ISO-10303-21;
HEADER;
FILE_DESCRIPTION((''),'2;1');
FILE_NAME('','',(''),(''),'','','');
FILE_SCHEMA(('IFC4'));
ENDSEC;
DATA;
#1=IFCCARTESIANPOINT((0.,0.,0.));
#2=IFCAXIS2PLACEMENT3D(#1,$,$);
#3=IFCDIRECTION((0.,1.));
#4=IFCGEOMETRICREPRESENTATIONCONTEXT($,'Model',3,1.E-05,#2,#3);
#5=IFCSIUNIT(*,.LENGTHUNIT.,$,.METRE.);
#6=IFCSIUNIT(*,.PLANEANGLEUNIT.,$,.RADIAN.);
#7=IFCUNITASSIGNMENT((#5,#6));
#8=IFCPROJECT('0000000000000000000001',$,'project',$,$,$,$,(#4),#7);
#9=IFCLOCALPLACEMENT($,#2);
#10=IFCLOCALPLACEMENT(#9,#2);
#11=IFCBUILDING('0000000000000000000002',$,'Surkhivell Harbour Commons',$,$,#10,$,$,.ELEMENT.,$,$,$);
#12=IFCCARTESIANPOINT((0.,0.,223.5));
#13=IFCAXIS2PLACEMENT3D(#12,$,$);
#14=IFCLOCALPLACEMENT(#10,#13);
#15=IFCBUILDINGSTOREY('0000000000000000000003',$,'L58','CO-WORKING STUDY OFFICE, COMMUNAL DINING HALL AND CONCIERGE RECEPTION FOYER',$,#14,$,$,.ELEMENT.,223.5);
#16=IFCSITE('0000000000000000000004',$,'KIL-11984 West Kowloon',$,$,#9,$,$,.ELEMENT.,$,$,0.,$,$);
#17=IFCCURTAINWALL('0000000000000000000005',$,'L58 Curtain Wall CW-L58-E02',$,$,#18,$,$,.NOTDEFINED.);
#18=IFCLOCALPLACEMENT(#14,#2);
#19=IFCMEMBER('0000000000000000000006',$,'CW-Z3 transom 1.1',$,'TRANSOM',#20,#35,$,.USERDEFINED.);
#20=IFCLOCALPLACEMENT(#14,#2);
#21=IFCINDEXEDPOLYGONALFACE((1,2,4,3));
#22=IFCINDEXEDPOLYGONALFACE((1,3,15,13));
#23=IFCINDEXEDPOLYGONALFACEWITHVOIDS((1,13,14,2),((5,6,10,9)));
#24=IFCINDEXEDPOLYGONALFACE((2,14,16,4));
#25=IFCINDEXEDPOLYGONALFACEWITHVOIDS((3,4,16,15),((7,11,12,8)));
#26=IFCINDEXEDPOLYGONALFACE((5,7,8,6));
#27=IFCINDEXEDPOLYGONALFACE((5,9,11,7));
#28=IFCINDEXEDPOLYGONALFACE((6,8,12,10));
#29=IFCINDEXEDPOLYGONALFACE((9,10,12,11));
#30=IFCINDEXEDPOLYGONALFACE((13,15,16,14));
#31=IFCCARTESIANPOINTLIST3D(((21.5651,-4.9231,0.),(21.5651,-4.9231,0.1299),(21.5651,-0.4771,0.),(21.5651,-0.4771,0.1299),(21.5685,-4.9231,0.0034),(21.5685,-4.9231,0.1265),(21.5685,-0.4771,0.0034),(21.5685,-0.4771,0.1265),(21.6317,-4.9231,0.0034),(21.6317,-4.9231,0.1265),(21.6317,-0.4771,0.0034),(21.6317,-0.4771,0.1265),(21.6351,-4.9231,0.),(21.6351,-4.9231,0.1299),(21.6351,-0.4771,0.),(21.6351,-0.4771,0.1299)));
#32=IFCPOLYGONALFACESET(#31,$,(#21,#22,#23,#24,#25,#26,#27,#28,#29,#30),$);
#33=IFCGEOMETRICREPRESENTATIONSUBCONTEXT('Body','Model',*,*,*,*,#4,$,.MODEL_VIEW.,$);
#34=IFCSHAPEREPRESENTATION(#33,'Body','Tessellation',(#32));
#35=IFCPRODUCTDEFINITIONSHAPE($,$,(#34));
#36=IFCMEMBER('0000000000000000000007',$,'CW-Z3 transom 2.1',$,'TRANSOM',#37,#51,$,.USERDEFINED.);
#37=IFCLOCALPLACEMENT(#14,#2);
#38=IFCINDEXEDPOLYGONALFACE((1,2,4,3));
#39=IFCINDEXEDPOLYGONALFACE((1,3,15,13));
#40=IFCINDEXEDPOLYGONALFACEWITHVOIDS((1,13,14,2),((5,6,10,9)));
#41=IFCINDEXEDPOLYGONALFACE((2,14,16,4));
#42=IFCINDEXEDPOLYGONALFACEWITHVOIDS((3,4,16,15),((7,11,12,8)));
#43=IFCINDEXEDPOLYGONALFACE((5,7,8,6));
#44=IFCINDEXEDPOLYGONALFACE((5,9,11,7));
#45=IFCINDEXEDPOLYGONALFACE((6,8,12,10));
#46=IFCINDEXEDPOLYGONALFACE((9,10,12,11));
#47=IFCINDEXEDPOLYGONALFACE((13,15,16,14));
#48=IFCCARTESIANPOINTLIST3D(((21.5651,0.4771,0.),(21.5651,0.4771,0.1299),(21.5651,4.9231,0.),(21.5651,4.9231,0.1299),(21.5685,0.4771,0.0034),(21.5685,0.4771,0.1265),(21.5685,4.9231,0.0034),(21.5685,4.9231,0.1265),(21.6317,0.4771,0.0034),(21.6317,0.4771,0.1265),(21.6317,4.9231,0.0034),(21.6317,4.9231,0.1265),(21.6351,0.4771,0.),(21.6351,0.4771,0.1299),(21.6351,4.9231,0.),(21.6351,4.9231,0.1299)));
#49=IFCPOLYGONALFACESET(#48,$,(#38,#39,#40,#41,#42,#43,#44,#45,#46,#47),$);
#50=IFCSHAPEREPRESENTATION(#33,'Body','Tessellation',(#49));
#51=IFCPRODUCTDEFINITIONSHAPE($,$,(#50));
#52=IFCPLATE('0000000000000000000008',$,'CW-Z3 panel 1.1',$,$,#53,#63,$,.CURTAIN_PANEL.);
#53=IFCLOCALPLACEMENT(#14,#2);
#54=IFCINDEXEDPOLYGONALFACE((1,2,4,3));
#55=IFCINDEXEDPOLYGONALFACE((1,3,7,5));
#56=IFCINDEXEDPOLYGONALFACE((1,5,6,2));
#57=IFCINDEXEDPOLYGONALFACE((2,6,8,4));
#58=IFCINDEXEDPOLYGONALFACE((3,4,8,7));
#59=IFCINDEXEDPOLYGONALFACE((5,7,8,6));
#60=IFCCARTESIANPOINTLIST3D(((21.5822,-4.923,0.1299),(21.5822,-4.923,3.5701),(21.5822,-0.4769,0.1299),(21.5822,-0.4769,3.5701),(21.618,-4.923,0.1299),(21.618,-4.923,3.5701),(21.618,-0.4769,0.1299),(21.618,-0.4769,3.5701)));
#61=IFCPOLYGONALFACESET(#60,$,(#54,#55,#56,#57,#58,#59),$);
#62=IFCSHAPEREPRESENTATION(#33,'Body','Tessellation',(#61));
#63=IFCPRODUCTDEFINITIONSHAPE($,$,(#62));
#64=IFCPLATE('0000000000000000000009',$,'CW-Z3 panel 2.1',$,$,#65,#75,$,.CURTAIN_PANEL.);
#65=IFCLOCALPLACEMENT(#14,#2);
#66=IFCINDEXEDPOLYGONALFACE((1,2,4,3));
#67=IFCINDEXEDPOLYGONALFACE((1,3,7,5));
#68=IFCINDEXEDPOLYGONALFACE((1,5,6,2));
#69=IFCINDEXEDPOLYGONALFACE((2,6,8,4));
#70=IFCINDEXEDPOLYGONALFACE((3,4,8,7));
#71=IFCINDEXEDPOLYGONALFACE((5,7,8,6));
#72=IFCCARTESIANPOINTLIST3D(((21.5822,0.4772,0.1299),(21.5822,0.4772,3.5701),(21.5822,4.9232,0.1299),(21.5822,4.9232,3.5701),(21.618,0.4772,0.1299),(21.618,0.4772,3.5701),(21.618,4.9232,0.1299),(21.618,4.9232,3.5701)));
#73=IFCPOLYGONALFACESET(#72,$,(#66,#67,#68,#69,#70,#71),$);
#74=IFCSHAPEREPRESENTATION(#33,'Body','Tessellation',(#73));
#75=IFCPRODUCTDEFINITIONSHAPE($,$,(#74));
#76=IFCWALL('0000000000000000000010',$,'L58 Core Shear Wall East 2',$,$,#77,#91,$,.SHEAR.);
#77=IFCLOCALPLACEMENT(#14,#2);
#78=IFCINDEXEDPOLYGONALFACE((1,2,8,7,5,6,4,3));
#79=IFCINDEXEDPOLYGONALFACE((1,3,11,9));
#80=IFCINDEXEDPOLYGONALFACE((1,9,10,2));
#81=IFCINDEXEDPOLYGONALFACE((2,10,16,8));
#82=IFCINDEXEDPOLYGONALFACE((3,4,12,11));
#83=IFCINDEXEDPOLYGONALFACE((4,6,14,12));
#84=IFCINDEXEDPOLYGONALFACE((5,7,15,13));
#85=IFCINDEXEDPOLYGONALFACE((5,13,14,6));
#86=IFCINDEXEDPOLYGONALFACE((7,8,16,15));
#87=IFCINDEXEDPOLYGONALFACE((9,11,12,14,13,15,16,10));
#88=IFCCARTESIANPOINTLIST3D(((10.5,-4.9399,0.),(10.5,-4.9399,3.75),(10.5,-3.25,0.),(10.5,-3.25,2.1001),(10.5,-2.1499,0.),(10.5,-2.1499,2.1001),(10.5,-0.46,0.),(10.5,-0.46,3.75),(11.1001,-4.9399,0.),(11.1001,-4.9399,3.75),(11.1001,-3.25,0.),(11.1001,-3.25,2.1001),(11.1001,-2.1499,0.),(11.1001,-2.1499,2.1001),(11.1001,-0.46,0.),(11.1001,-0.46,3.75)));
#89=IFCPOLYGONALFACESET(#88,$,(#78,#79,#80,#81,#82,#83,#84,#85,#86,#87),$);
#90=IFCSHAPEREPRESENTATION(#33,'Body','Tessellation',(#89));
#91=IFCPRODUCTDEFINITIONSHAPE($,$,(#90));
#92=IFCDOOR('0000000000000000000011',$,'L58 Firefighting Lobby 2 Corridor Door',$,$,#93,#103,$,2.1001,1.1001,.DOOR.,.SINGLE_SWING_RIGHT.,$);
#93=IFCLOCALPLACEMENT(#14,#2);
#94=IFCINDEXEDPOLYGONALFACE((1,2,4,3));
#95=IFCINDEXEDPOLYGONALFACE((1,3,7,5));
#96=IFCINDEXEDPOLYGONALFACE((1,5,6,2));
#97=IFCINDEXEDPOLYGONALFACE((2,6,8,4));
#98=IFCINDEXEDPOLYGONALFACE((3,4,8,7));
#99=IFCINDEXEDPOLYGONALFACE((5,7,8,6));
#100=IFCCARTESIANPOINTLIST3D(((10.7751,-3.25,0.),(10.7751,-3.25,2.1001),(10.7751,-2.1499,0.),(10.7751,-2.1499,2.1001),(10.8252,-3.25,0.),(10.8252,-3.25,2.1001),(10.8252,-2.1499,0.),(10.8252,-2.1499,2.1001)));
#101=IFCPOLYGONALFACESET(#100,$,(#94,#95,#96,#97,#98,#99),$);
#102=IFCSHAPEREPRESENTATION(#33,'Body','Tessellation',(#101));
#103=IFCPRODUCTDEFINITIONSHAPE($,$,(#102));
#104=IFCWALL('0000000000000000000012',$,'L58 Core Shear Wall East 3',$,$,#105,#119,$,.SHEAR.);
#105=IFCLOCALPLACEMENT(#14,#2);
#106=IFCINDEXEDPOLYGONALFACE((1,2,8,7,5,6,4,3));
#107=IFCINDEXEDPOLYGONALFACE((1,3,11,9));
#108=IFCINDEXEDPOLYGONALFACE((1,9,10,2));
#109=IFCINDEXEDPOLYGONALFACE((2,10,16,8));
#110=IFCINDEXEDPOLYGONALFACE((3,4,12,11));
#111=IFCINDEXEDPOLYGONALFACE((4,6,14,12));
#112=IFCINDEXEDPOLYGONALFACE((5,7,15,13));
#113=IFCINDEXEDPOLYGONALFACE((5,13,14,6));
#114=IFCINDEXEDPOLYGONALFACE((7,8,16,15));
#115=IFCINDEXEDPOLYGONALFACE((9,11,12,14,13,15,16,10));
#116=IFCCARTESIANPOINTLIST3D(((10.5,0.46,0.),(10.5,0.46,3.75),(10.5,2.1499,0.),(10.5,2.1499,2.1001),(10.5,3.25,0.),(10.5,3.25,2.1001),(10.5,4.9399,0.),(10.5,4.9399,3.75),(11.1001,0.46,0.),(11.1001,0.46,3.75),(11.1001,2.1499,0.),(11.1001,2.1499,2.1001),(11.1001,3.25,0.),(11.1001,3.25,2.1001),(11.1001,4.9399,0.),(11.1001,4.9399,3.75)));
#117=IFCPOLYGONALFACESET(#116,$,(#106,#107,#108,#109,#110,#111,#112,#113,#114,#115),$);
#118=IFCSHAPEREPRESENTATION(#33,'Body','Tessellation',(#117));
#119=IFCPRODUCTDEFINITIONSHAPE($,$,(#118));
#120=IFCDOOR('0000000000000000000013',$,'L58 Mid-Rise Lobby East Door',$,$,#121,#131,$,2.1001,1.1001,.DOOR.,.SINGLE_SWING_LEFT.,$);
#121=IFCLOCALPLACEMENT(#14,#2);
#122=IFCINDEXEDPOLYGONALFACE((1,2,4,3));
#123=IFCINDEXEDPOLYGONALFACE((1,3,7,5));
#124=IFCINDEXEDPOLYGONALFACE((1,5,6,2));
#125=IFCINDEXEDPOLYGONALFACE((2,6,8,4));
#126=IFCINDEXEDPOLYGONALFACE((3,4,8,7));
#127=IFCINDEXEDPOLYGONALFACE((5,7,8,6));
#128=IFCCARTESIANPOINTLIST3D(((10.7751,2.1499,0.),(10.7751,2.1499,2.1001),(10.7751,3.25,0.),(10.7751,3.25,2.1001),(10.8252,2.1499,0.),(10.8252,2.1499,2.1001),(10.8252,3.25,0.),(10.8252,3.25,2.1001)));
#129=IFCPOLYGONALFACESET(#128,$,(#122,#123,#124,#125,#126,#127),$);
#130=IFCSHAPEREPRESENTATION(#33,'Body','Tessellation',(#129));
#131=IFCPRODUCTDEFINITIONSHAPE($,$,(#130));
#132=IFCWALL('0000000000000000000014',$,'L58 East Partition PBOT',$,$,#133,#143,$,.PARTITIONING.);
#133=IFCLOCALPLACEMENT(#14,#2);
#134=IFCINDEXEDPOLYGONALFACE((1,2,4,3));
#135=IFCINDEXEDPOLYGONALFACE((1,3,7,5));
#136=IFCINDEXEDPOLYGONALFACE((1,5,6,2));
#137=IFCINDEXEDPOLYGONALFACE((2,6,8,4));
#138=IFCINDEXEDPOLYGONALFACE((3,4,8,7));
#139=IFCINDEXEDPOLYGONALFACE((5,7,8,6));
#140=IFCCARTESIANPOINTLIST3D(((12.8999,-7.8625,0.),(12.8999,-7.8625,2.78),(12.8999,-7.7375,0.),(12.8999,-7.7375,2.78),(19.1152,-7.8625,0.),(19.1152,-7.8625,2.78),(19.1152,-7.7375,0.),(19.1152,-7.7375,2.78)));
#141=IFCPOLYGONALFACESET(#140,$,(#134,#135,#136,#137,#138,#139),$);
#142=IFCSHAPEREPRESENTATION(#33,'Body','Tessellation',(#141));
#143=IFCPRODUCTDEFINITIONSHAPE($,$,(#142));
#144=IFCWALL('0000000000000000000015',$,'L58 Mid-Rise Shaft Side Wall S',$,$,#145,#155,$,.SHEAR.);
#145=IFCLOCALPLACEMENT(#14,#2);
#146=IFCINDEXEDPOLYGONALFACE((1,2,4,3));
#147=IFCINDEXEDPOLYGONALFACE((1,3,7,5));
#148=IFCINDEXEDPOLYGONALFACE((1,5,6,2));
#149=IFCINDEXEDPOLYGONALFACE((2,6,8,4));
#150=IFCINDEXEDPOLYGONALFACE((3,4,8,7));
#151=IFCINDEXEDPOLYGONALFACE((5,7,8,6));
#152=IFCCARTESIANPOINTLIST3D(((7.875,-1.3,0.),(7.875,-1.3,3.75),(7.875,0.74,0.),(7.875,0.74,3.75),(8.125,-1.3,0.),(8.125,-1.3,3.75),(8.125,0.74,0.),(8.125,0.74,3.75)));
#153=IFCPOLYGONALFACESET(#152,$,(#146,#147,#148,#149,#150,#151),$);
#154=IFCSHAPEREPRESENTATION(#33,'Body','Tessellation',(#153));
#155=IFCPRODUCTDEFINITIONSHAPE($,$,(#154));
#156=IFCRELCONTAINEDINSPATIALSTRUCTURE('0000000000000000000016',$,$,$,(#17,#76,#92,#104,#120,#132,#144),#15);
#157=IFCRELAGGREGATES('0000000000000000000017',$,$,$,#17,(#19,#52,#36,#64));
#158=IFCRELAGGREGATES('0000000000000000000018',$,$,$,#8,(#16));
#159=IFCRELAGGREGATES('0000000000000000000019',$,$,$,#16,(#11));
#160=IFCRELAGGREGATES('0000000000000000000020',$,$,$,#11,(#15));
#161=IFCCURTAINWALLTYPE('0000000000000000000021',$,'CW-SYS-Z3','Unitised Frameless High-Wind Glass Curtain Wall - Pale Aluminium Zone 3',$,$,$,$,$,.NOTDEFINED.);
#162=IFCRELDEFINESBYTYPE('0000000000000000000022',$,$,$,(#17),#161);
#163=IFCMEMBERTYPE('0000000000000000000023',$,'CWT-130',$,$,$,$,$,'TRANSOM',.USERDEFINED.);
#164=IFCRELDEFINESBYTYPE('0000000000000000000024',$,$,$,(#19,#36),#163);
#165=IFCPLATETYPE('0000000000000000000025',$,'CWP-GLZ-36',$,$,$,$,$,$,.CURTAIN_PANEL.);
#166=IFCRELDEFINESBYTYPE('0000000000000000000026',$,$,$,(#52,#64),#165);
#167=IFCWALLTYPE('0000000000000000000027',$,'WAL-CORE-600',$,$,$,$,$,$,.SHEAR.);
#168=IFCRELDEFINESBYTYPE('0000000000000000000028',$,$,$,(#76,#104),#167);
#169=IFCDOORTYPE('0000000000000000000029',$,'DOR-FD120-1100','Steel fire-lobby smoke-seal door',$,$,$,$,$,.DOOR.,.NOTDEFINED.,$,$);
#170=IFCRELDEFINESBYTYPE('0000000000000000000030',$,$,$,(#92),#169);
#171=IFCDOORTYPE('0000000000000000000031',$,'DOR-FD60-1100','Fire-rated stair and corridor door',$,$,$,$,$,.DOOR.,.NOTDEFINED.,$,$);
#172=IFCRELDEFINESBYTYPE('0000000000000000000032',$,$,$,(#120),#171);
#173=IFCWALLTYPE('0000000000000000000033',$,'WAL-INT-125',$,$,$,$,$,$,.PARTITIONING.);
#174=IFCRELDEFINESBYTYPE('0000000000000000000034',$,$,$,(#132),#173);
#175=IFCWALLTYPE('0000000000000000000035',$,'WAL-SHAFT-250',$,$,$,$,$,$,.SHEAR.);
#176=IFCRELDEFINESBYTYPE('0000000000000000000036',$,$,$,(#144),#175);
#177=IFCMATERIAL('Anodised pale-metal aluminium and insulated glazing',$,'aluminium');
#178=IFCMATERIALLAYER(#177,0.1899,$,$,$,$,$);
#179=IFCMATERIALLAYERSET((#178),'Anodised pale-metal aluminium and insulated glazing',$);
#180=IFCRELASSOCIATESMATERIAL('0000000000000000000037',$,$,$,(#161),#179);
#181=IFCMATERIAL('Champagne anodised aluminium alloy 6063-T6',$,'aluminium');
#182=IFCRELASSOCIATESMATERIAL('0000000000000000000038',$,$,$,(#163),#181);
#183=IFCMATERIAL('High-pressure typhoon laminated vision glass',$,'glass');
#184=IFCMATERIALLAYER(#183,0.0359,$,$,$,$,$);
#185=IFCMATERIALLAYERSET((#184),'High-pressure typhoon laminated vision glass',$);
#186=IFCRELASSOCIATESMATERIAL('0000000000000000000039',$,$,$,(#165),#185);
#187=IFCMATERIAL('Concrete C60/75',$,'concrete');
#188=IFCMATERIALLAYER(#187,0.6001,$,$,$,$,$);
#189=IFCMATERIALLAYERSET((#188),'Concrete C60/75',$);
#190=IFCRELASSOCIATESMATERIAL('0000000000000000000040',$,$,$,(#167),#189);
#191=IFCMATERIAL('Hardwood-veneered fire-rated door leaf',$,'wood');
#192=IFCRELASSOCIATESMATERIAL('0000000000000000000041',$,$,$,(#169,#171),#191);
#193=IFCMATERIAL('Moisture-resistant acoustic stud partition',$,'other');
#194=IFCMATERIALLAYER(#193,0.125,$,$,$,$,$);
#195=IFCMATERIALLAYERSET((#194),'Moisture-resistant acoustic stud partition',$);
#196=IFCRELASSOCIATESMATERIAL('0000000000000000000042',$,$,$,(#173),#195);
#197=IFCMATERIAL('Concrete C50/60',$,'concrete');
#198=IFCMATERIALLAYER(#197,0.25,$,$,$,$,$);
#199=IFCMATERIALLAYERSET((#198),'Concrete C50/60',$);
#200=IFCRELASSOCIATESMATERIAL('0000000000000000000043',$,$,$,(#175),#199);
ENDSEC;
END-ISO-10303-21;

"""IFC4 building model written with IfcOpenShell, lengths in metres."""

from ifc_helpers import new_model, si_unit, direction, frame, frame_2d, origin, origin_2d, place, context, subcontext, project, spatial, rectangle, hollow_rectangle, extrude, material, layer, layer_set, material_profile, profile_set, type_object, element, fill, aggregate, save


model = new_model("IFC4")

# Units and contexts
model_context = context("Model", 3, precision=1e-05, world=origin(), true_north=direction((0.0, 1.0)))
body_context = subcontext(model_context, "Body", "Model", "MODEL_VIEW")
ifc_project = project(units=[si_unit("LENGTHUNIT", "METRE"), si_unit("PLANEANGLEUNIT", "RADIAN")], contexts=[model_context])

# Site, building, storey
site_placement = place(None, origin())
site = spatial("IfcSite", under=ifc_project, at=site_placement, Name="KIL-11984 West Kowloon", CompositionType="ELEMENT", RefElevation=0.0)
building_placement = place(site_placement, origin())
building = spatial("IfcBuilding", under=site, at=building_placement, Name="Surkhivell Harbour Commons", CompositionType="ELEMENT")
storey_placement = place(building_placement, frame((0.0, 0.0, 223.5)))
storey = spatial("IfcBuildingStorey", under=building, at=storey_placement, Name="L58", Description="CO-WORKING STUDY OFFICE, COMMUNAL DINING HALL AND CONCIERGE RECEPTION FOYER", CompositionType="ELEMENT", Elevation=223.5)

# Shared definitions
ifc_material_1 = material(Name="Concrete C60/75", Category="concrete")
ifc_material_2 = material(Name="Concrete C50/60", Category="concrete")

# Shared definitions
ifc_material_3 = material(Name="Anodised pale-metal aluminium and insulated glazing", Category="aluminium")
ifc_layer_1 = layer(ifc_material_3, 0.1899)
ifc_layer_set_1 = layer_set([ifc_layer_1], Name="Anodised pale-metal aluminium and insulated glazing")
curtain_wall_type = type_object("IfcCurtainWallType", Name="CW-SYS-Z3", Description="Unitised Frameless High-Wind Glass Curtain Wall - Pale Aluminium Zone 3", PredefinedType="NOTDEFINED", material=ifc_layer_set_1)

# Curtain wall, members, plates
curtain_wall_1_placement = place(storey_placement, origin())
curtain_wall_1 = element("IfcCurtainWall", 1, at=curtain_wall_1_placement, inside=storey, type_object=curtain_wall_type, Name="L58 Curtain Wall CW-L58-E02", PredefinedType="NOTDEFINED")
ifc_material_4 = material(Name="Champagne anodised aluminium alloy 6063-T6", Category="aluminium")
ifc_material_profile_1 = material_profile(ifc_material_4, hollow_rectangle(XDim=0.0701, YDim=0.1299, WallThickness=0.0034, at=origin_2d()), Name="ALU-TRAN-70x130")
ifc_profile_set_1 = profile_set([ifc_material_profile_1], Name="Champagne anodised aluminium alloy 6063-T6")
member_type_1 = type_object("IfcMemberType", Name="CWT-130", ElementType="TRANSOM", PredefinedType="USERDEFINED", material=ifc_profile_set_1)
member_1_placement = place(storey_placement, frame((21.6001, -4.9231, 0.0649), z_axis=(0.0, 1.0, 0.0), x_axis=(-1.0, 0.0, 0.0)))
member_1 = element("IfcMember", 2, at=member_1_placement, type_object=member_type_1, Name="CW-Z3 transom 1.1", ObjectType="TRANSOM", PredefinedType="USERDEFINED", context=body_context, shape_type="SweptSolid", body=[
    extrude(hollow_rectangle(XDim=0.0701, YDim=0.1299, WallThickness=0.0034, at=origin_2d()), origin(), (0.0, 0.0, 1.0), 4.446),
])
member_2_placement = place(storey_placement, frame((21.6001, 0.4771, 0.0649), z_axis=(0.0, 1.0, 0.0), x_axis=(-1.0, 0.0, 0.0)))
member_2 = element("IfcMember", 3, at=member_2_placement, type_object=member_type_1, Name="CW-Z3 transom 2.1", ObjectType="TRANSOM", PredefinedType="USERDEFINED", context=body_context, shape_type="SweptSolid", body=[
    extrude(hollow_rectangle(XDim=0.0701, YDim=0.1299, WallThickness=0.0034, at=origin_2d()), origin(), (0.0, 0.0, 1.0), 4.446),
])
ifc_material_5 = material(Name="High-pressure typhoon laminated vision glass", Category="glass")
ifc_layer_2 = layer(ifc_material_5, 0.0359)
ifc_layer_set_2 = layer_set([ifc_layer_2], Name="High-pressure typhoon laminated vision glass")
plate_type = type_object("IfcPlateType", Name="CWP-GLZ-36", PredefinedType="CURTAIN_PANEL", material=ifc_layer_set_2)
plate_1_placement = place(storey_placement, frame((21.6001, -4.9231, 0.1299), z_axis=(0.0, 0.0, 1.0), x_axis=(0.0, 1.0, 0.0)))
plate_1 = element("IfcPlate", 4, at=plate_1_placement, type_object=plate_type, Name="CW-Z3 panel 1.1", PredefinedType="CURTAIN_PANEL", context=body_context, shape_type="SweptSolid", body=[
    extrude(rectangle(XDim=4.446, YDim=0.0359, at=frame_2d((2.2231, 0.0))), origin(), (0.0, 0.0, 1.0), 3.4402),
])
plate_2_placement = place(storey_placement, frame((21.6001, 0.4771, 0.1299), z_axis=(0.0, 0.0, 1.0), x_axis=(0.0, 1.0, 0.0)))
plate_2 = element("IfcPlate", 5, at=plate_2_placement, type_object=plate_type, Name="CW-Z3 panel 2.1", PredefinedType="CURTAIN_PANEL", context=body_context, shape_type="SweptSolid", body=[
    extrude(rectangle(XDim=4.446, YDim=0.0359, at=frame_2d((2.2231, 0.0))), origin(), (0.0, 0.0, 1.0), 3.4402),
])
aggregate(curtain_wall_1, [member_1, plate_1, member_2, plate_2])

# Walls, openings, doors
ifc_layer_3 = layer(ifc_material_1, 0.6001)
ifc_layer_set_3 = layer_set([ifc_layer_3], Name="Concrete C60/75")
wall_type_1 = type_object("IfcWallType", Name="WAL-CORE-600", PredefinedType="SHEAR", material=ifc_layer_set_3)
wall_1_placement = place(storey_placement, frame((10.8, -4.9399, 0.0), z_axis=(0.0, 0.0, 1.0), x_axis=(0.0, 1.0, 0.0)))
wall_1 = element("IfcWall", 6, at=wall_1_placement, inside=storey, type_object=wall_type_1, Name="L58 Core Shear Wall East 2", PredefinedType="SHEAR", context=body_context, shape_type="SweptSolid", body=[
    extrude(rectangle(XDim=4.48, YDim=0.6001, at=frame_2d((2.24, 0.0))), origin(), (0.0, 0.0, 1.0), 3.75),
])
opening_1_placement = place(wall_1_placement, frame((1.6899, 0.0, 0.0)))
opening_1 = element("IfcOpeningElement", 7, at=opening_1_placement, cuts=wall_1, PredefinedType="OPENING", context=body_context, shape_type="SweptSolid", body=[
    extrude(rectangle(XDim=1.1001, YDim=2.1001, at=frame_2d((0.55, 1.05))), frame((0.0, 0.3101, 0.0), z_axis=(0.0, -1.0, 0.0), x_axis=(1.0, 0.0, 0.0)), (0.0, 0.0, 1.0), 0.6201),
])
ifc_material_6 = material(Name="Hardwood-veneered fire-rated door leaf", Category="wood")
door_type_1 = type_object("IfcDoorType", Name="DOR-FD120-1100", Description="Steel fire-lobby smoke-seal door", OperationType="NOTDEFINED", PredefinedType="DOOR", material=ifc_material_6)
door_1_placement = place(opening_1_placement, origin())
door_1 = element("IfcDoor", 8, at=door_1_placement, inside=storey, type_object=door_type_1, Name="L58 Firefighting Lobby 2 Corridor Door", OperationType="SINGLE_SWING_RIGHT", OverallHeight=2.1001, OverallWidth=1.1001, PredefinedType="DOOR", context=body_context, shape_type="SweptSolid", body=[
    extrude(rectangle(XDim=1.1001, YDim=2.1001, at=frame_2d((0.55, 1.05))), frame((0.0, 0.0249, 0.0), z_axis=(0.0, -1.0, 0.0), x_axis=(1.0, 0.0, 0.0)), (0.0, 0.0, 1.0), 0.05),
])
fill(opening_1, door_1)
wall_2_placement = place(storey_placement, frame((10.8, 0.46, 0.0), z_axis=(0.0, 0.0, 1.0), x_axis=(0.0, 1.0, 0.0)))
wall_2 = element("IfcWall", 9, at=wall_2_placement, inside=storey, type_object=wall_type_1, Name="L58 Core Shear Wall East 3", PredefinedType="SHEAR", context=body_context, shape_type="SweptSolid", body=[
    extrude(rectangle(XDim=4.48, YDim=0.6001, at=frame_2d((2.24, 0.0))), origin(), (0.0, 0.0, 1.0), 3.75),
])
opening_2_placement = place(wall_2_placement, frame((1.6899, 0.0, 0.0)))
opening_2 = element("IfcOpeningElement", 10, at=opening_2_placement, cuts=wall_2, PredefinedType="OPENING", context=body_context, shape_type="SweptSolid", body=[
    extrude(rectangle(XDim=1.1001, YDim=2.1001, at=frame_2d((0.55, 1.05))), frame((0.0, 0.3101, 0.0), z_axis=(0.0, -1.0, 0.0), x_axis=(1.0, 0.0, 0.0)), (0.0, 0.0, 1.0), 0.6201),
])
door_type_2 = type_object("IfcDoorType", Name="DOR-FD60-1100", Description="Fire-rated stair and corridor door", OperationType="NOTDEFINED", PredefinedType="DOOR", material=ifc_material_6)
door_2_placement = place(opening_2_placement, origin())
door_2 = element("IfcDoor", 11, at=door_2_placement, inside=storey, type_object=door_type_2, Name="L58 Mid-Rise Lobby East Door", OperationType="SINGLE_SWING_LEFT", OverallHeight=2.1001, OverallWidth=1.1001, PredefinedType="DOOR", context=body_context, shape_type="SweptSolid", body=[
    extrude(rectangle(XDim=1.1001, YDim=2.1001, at=frame_2d((0.55, 1.05))), frame((0.0, 0.0249, 0.0), z_axis=(0.0, -1.0, 0.0), x_axis=(1.0, 0.0, 0.0)), (0.0, 0.0, 1.0), 0.05),
])
fill(opening_2, door_2)

# Walls
ifc_material_7 = material(Name="Moisture-resistant acoustic stud partition", Category="other")
ifc_layer_4 = layer(ifc_material_7, 0.125)
ifc_layer_set_4 = layer_set([ifc_layer_4], Name="Moisture-resistant acoustic stud partition")
wall_type_2 = type_object("IfcWallType", Name="WAL-INT-125", PredefinedType="PARTITIONING", material=ifc_layer_set_4)
wall_3_placement = place(storey_placement, frame((12.8999, -7.8, 0.0), z_axis=(0.0, 0.0, 1.0), x_axis=(1.0, 0.0, 0.0)))
element("IfcWall", 12, at=wall_3_placement, inside=storey, type_object=wall_type_2, Name="L58 East Partition PBOT", PredefinedType="PARTITIONING", context=body_context, shape_type="SweptSolid", body=[
    extrude(rectangle(XDim=6.2153, YDim=0.125, at=frame_2d((3.1077, 0.0))), origin(), (0.0, 0.0, 1.0), 2.78),
])
ifc_layer_5 = layer(ifc_material_2, 0.25)
ifc_layer_set_5 = layer_set([ifc_layer_5], Name="Concrete C50/60")
wall_type_3 = type_object("IfcWallType", Name="WAL-SHAFT-250", PredefinedType="SHEAR", material=ifc_layer_set_5)
wall_4_placement = place(storey_placement, frame((8.0, -1.3, 0.0), z_axis=(0.0, 0.0, 1.0), x_axis=(0.0, 1.0, 0.0)))
element("IfcWall", 13, at=wall_4_placement, inside=storey, type_object=wall_type_3, Name="L58 Mid-Rise Shaft Side Wall S", PredefinedType="SHEAR", context=body_context, shape_type="SweptSolid", body=[
    extrude(rectangle(XDim=2.04, YDim=0.25, at=frame_2d((1.02, 0.0))), origin(), (0.0, 0.0, 1.0), 3.75),
])

save(model, "model.ifc")
